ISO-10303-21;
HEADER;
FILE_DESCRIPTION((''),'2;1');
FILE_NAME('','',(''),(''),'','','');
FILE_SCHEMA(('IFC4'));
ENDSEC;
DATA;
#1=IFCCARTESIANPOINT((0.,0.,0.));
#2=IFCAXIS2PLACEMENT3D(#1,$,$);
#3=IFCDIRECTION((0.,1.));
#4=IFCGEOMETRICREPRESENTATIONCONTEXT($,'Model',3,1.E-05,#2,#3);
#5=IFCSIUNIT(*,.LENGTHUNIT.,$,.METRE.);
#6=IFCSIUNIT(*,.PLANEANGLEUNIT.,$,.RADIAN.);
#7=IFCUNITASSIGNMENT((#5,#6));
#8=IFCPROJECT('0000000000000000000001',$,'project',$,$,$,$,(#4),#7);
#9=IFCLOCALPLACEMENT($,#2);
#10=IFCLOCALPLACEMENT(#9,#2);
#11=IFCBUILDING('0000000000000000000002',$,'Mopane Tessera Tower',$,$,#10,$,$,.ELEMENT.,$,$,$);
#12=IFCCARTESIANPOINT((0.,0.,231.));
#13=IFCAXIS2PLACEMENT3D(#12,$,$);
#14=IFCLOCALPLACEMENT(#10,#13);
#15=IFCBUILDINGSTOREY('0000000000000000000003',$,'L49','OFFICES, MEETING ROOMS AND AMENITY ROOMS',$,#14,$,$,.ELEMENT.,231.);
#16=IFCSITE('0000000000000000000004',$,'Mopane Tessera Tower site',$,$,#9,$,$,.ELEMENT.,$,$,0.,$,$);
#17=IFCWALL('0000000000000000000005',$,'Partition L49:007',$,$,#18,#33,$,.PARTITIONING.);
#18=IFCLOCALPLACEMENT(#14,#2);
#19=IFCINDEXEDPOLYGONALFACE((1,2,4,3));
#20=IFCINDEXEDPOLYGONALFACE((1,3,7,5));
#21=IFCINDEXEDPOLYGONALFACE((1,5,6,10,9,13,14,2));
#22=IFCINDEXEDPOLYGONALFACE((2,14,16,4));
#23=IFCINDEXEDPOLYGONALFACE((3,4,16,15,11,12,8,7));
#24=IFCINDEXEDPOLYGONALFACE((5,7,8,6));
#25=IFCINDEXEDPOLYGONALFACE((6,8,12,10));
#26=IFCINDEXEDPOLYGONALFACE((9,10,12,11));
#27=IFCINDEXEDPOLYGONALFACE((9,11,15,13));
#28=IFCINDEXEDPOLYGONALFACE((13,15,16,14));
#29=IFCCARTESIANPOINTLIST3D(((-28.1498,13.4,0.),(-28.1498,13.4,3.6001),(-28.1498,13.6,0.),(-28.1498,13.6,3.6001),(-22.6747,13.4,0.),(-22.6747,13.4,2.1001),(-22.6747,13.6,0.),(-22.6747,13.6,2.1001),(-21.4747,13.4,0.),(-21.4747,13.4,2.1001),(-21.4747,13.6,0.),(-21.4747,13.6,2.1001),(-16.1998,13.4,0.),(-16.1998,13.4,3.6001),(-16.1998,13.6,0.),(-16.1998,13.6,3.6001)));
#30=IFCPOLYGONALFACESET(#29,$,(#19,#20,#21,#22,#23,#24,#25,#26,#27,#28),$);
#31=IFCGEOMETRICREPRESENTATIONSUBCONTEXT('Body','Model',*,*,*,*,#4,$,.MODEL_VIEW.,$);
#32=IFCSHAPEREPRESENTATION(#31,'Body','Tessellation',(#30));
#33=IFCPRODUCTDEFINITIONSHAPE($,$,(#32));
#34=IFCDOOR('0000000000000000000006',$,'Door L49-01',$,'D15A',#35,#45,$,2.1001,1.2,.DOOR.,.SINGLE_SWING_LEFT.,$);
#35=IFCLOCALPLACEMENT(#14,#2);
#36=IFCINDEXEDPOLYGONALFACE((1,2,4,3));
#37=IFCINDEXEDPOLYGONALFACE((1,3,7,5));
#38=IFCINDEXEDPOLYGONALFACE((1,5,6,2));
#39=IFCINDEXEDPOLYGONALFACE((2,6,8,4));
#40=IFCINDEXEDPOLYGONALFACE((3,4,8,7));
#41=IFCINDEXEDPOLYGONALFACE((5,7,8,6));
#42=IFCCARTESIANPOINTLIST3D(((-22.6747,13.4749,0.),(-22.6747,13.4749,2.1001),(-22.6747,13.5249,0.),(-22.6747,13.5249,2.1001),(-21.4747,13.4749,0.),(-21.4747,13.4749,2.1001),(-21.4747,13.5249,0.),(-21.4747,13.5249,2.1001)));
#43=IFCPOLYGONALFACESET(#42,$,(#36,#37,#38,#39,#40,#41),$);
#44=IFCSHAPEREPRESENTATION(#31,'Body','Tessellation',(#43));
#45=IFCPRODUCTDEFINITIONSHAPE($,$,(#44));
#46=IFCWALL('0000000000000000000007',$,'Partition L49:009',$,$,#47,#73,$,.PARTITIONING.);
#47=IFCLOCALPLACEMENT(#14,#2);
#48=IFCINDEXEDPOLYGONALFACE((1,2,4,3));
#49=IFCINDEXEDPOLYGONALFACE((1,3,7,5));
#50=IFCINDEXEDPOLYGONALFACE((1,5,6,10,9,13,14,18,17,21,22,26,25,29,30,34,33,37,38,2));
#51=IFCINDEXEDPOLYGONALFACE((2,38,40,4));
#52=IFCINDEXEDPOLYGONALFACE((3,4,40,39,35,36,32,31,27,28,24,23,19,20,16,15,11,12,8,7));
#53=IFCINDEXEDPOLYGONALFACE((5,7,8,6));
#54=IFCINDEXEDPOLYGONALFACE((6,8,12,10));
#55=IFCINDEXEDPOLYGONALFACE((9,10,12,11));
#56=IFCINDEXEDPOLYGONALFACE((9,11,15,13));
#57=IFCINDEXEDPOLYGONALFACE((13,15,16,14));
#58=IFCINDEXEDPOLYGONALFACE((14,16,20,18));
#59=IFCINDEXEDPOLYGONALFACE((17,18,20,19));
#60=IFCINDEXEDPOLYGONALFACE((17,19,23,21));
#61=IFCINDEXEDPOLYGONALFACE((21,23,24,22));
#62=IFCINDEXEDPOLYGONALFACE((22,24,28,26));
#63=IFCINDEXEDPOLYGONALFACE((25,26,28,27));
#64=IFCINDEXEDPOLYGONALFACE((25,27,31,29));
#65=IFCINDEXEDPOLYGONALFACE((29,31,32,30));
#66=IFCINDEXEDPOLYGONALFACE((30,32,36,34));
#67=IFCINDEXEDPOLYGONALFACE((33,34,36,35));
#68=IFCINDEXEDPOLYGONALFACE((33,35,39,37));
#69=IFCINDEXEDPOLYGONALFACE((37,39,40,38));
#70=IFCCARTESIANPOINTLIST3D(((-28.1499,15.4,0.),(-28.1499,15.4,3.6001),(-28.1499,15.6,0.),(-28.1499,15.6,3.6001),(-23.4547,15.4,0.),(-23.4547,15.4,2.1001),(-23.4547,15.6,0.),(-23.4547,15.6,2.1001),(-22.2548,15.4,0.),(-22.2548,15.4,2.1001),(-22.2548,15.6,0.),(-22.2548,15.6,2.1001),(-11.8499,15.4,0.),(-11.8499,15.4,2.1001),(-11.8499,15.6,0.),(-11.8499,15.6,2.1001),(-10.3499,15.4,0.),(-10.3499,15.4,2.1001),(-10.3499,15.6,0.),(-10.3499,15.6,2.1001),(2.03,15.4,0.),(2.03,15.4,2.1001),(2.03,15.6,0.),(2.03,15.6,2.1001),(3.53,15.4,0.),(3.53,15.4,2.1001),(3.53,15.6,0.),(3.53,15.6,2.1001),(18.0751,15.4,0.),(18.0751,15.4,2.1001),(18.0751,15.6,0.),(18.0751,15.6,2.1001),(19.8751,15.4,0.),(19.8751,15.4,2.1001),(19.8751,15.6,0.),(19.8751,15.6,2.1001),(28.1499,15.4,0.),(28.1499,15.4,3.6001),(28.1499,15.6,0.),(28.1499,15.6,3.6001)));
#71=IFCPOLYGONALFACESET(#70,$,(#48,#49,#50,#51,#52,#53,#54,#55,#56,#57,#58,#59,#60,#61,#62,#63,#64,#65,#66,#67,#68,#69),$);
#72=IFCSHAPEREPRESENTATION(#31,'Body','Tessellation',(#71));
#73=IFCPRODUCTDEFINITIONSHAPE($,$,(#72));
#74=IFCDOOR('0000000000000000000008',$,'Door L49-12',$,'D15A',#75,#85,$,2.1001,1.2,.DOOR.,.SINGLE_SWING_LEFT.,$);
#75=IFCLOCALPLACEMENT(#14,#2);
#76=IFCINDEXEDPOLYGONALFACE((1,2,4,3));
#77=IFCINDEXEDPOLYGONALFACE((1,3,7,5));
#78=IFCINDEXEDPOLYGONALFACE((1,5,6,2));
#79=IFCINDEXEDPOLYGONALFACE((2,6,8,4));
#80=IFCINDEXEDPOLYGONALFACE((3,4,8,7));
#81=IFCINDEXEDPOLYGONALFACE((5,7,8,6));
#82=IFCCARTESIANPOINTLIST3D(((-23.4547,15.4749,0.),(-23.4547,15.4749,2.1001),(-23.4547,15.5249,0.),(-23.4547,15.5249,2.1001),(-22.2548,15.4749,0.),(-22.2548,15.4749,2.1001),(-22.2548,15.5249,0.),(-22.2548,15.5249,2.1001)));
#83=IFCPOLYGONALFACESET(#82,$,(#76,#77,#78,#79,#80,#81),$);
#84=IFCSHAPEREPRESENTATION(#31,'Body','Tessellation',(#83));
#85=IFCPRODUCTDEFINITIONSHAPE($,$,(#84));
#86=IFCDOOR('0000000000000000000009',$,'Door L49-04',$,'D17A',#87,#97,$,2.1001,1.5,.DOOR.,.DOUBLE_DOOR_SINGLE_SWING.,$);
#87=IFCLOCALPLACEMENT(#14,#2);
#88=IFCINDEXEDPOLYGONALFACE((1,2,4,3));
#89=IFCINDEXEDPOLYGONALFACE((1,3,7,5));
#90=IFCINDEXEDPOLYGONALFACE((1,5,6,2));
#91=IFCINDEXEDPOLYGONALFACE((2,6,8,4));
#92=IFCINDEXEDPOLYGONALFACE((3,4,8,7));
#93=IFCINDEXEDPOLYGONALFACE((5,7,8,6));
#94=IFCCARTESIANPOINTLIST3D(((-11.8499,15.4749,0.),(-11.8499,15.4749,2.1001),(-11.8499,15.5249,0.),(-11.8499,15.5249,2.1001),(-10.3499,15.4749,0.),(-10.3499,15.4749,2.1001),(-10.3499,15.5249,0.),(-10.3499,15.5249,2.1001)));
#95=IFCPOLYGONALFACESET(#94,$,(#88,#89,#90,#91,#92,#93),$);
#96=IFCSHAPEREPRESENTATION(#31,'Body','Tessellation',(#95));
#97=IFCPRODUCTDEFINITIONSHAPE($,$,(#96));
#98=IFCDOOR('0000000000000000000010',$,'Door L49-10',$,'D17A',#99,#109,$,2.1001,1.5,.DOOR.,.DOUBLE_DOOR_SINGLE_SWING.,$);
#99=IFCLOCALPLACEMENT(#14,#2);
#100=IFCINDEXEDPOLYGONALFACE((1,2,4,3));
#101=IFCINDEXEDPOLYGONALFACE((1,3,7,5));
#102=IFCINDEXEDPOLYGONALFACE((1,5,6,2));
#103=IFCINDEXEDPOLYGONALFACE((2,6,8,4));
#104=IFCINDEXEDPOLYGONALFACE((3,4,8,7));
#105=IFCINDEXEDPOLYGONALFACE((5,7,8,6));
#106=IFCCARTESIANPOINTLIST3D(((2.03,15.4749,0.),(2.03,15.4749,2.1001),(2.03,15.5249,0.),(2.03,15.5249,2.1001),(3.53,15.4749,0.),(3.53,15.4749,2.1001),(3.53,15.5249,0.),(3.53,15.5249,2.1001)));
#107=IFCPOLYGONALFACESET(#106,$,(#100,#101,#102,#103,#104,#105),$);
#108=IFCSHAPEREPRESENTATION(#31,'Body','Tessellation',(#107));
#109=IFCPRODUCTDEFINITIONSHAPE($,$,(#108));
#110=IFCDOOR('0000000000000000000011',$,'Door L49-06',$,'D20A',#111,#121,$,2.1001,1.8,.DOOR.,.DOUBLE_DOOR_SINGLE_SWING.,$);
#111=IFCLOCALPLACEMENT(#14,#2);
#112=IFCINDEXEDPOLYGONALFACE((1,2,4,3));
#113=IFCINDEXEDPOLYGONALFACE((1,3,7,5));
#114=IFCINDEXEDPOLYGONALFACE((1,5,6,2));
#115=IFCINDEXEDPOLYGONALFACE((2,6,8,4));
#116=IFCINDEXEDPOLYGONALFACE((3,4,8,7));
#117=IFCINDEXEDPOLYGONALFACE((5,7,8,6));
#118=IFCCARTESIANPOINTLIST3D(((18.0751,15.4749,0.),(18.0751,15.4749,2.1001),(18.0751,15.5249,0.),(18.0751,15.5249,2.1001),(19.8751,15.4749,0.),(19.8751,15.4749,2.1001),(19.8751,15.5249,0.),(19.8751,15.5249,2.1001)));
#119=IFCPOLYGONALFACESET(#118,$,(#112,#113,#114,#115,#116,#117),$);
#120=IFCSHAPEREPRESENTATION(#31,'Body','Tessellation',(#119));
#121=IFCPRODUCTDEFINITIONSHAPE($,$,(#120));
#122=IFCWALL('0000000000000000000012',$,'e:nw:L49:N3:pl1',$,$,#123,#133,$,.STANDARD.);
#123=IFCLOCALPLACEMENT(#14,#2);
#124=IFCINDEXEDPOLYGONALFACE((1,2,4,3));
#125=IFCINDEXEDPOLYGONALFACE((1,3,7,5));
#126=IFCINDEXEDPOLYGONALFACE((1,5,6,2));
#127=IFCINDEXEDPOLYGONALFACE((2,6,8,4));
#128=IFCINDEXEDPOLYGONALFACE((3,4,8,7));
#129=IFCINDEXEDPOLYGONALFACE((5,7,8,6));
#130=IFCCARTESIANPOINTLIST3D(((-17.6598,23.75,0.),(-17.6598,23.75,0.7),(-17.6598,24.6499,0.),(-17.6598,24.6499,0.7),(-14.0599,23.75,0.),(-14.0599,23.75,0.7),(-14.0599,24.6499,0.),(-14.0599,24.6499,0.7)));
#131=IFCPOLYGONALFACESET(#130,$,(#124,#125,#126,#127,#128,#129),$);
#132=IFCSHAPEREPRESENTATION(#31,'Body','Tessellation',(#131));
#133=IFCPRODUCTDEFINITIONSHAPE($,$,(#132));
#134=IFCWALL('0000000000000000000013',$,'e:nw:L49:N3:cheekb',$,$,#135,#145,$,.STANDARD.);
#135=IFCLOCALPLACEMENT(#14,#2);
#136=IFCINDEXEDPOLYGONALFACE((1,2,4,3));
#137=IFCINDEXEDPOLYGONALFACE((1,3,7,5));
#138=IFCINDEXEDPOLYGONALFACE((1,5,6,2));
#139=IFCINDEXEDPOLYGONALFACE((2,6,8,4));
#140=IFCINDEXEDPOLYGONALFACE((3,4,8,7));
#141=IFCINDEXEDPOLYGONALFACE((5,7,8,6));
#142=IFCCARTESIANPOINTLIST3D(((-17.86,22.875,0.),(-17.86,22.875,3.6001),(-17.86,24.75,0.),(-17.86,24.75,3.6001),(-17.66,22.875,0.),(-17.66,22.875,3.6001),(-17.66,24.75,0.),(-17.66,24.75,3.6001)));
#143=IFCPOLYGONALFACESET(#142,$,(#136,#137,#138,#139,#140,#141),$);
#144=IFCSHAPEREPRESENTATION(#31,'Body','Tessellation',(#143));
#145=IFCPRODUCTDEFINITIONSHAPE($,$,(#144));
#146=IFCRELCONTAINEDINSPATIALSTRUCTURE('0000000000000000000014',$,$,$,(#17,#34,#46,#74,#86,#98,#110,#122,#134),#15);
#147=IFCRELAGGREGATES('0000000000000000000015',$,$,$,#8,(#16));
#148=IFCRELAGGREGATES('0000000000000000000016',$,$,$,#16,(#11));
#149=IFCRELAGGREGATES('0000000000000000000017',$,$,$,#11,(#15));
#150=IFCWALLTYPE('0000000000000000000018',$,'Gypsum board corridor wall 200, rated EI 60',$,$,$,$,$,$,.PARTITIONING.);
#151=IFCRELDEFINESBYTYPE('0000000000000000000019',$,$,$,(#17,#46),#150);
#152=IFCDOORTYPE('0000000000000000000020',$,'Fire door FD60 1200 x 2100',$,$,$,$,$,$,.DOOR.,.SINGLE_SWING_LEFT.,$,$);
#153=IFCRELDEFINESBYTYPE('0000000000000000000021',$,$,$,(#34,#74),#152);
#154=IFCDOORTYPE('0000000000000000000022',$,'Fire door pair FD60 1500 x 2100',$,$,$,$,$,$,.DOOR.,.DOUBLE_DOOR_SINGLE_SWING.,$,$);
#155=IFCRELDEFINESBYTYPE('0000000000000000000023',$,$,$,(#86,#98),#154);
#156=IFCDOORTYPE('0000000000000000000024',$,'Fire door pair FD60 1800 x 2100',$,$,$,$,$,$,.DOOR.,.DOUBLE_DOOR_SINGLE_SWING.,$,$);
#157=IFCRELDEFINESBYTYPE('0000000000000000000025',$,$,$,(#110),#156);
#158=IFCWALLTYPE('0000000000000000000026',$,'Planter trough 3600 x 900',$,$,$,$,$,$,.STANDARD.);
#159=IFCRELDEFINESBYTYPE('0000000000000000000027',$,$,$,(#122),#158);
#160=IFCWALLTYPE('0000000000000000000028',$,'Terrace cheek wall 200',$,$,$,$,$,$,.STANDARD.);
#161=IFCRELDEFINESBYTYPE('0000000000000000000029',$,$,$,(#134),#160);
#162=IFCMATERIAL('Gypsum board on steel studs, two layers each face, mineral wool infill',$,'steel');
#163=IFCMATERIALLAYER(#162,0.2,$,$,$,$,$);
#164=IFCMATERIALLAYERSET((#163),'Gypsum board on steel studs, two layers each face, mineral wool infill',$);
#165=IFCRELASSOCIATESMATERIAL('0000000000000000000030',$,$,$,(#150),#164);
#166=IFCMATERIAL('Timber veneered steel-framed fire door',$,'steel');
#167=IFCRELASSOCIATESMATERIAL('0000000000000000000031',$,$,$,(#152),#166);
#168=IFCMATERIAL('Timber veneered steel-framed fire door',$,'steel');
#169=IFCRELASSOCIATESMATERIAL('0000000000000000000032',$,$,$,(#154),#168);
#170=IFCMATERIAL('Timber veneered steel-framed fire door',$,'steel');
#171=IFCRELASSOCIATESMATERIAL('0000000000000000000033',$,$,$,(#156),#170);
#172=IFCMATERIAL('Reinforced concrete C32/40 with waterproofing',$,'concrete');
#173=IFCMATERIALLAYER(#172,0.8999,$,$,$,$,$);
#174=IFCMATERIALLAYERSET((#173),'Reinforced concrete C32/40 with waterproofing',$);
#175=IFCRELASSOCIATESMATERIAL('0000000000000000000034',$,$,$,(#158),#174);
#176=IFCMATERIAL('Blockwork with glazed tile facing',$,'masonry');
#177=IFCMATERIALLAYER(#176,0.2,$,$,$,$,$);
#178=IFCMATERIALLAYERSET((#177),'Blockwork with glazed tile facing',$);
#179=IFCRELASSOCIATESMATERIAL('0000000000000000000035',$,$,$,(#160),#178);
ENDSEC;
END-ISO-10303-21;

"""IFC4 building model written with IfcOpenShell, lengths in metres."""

from ifc_helpers import new_model, si_unit, direction, frame, frame_2d, origin, place, context, subcontext, project, spatial, rectangle, extrude, material, layer, layer_set, type_object, element, fill, save


model = new_model("IFC4")

# Units and contexts
model_context = context("Model", 3, precision=1e-05, world=origin(), true_north=direction((0.0, 1.0)))
body_context = subcontext(model_context, "Body", "Model", "MODEL_VIEW")
ifc_project = project(units=[si_unit("LENGTHUNIT", "METRE"), si_unit("PLANEANGLEUNIT", "RADIAN")], contexts=[model_context])

# Site, building, storey
site_placement = place(None, origin())
site = spatial("IfcSite", under=ifc_project, at=site_placement, Name="Mopane Tessera Tower site", CompositionType="ELEMENT", RefElevation=0.0)
building_placement = place(site_placement, origin())
building = spatial("IfcBuilding", under=site, at=building_placement, Name="Mopane Tessera Tower", CompositionType="ELEMENT")
storey_placement = place(building_placement, frame((0.0, 0.0, 231.0)))
storey = spatial("IfcBuildingStorey", under=building, at=storey_placement, Name="L49", Description="OFFICES, MEETING ROOMS AND AMENITY ROOMS", CompositionType="ELEMENT", Elevation=231.0)

# Wall, opening, door
ifc_material_1 = material(Name="Gypsum board on steel studs, two layers each face, mineral wool infill", Category="steel")
ifc_layer_1 = layer(ifc_material_1, 0.2)
ifc_layer_set_1 = layer_set([ifc_layer_1], Name="Gypsum board on steel studs, two layers each face, mineral wool infill")
wall_type_1 = type_object("IfcWallType", Name="Gypsum board corridor wall 200, rated EI 60", PredefinedType="PARTITIONING", material=ifc_layer_set_1)
wall_1_placement = place(storey_placement, frame((-28.1499, 13.5, 0.0), z_axis=(0.0, 0.0, 1.0), x_axis=(1.0, 0.0, 0.0)))
wall_1 = element("IfcWall", 1, at=wall_1_placement, inside=storey, type_object=wall_type_1, Name="Partition L49:007", PredefinedType="PARTITIONING", context=body_context, shape_type="SweptSolid", body=[
    extrude(rectangle(XDim=11.95, YDim=0.2, at=frame_2d((5.9751, 0.0))), origin(), (0.0, 0.0, 1.0), 3.6001),
])
opening_1_placement = place(wall_1_placement, frame((5.4751, 0.0, 0.0)))
opening_1 = element("IfcOpeningElement", 2, at=opening_1_placement, cuts=wall_1, PredefinedType="OPENING", context=body_context, shape_type="SweptSolid", body=[
    extrude(rectangle(XDim=1.2, YDim=2.1001, at=frame_2d((0.6001, 1.05))), frame((0.0, 0.1121, 0.0), z_axis=(0.0, -1.0, 0.0), x_axis=(1.0, 0.0, 0.0)), (0.0, 0.0, 1.0), 0.2239),
])
ifc_material_2 = material(Name="Timber veneered steel-framed fire door", Category="steel")
door_type_1 = type_object("IfcDoorType", Name="Fire door FD60 1200 x 2100", OperationType="SINGLE_SWING_LEFT", PredefinedType="DOOR", material=ifc_material_2)
door_1_placement = place(opening_1_placement, origin())
door_1 = element("IfcDoor", 3, at=door_1_placement, inside=storey, type_object=door_type_1, Name="Door L49-01", ObjectType="D15A", OperationType="SINGLE_SWING_LEFT", OverallHeight=2.1001, OverallWidth=1.2, PredefinedType="DOOR", context=body_context, shape_type="SweptSolid", body=[
    extrude(rectangle(XDim=1.2, YDim=2.1001, at=frame_2d((0.6001, 1.05))), frame((0.0, 0.0249, 0.0), z_axis=(0.0, -1.0, 0.0), x_axis=(1.0, 0.0, 0.0)), (0.0, 0.0, 1.0), 0.05),
])
fill(opening_1, door_1)

# Wall, openings, doors
wall_2_placement = place(storey_placement, frame((-28.1499, 15.5, 0.0), z_axis=(0.0, 0.0, 1.0), x_axis=(1.0, 0.0, 0.0)))
wall_2 = element("IfcWall", 4, at=wall_2_placement, inside=storey, type_object=wall_type_1, Name="Partition L49:009", PredefinedType="PARTITIONING", context=body_context, shape_type="SweptSolid", body=[
    extrude(rectangle(XDim=56.2998, YDim=0.2, at=frame_2d((28.1499, 0.0))), origin(), (0.0, 0.0, 1.0), 3.6001),
])
opening_2_placement = place(wall_2_placement, frame((16.3, 0.0, 0.0)))
opening_2 = element("IfcOpeningElement", 5, at=opening_2_placement, cuts=wall_2, PredefinedType="OPENING", context=body_context, shape_type="SweptSolid", body=[
    extrude(rectangle(XDim=1.5, YDim=2.1001, at=frame_2d((0.75, 1.05))), frame((0.0, 0.1121, 0.0), z_axis=(0.0, -1.0, 0.0), x_axis=(1.0, 0.0, 0.0)), (0.0, 0.0, 1.0), 0.2239),
])
opening_3_placement = place(wall_2_placement, frame((46.2251, 0.0, 0.0)))
opening_3 = element("IfcOpeningElement", 6, at=opening_3_placement, cuts=wall_2, PredefinedType="OPENING", context=body_context, shape_type="SweptSolid", body=[
    extrude(rectangle(XDim=1.8, YDim=2.1001, at=frame_2d((0.8999, 1.05))), frame((0.0, 0.1121, 0.0), z_axis=(0.0, -1.0, 0.0), x_axis=(1.0, 0.0, 0.0)), (0.0, 0.0, 1.0), 0.2239),
])
opening_4_placement = place(wall_2_placement, frame((30.1799, 0.0, 0.0)))
opening_4 = element("IfcOpeningElement", 7, at=opening_4_placement, cuts=wall_2, PredefinedType="OPENING", context=body_context, shape_type="SweptSolid", body=[
    extrude(rectangle(XDim=1.5, YDim=2.1001, at=frame_2d((0.75, 1.05))), frame((0.0, 0.1121, 0.0), z_axis=(0.0, -1.0, 0.0), x_axis=(1.0, 0.0, 0.0)), (0.0, 0.0, 1.0), 0.2239),
])
opening_5_placement = place(wall_2_placement, frame((4.6951, 0.0, 0.0)))
opening_5 = element("IfcOpeningElement", 8, at=opening_5_placement, cuts=wall_2, PredefinedType="OPENING", context=body_context, shape_type="SweptSolid", body=[
    extrude(rectangle(XDim=1.2, YDim=2.1001, at=frame_2d((0.6001, 1.05))), frame((0.0, 0.1121, 0.0), z_axis=(0.0, -1.0, 0.0), x_axis=(1.0, 0.0, 0.0)), (0.0, 0.0, 1.0), 0.2239),
])
door_2_placement = place(opening_5_placement, origin())
door_2 = element("IfcDoor", 9, at=door_2_placement, inside=storey, type_object=door_type_1, Name="Door L49-12", ObjectType="D15A", OperationType="SINGLE_SWING_LEFT", OverallHeight=2.1001, OverallWidth=1.2, PredefinedType="DOOR", context=body_context, shape_type="SweptSolid", body=[
    extrude(rectangle(XDim=1.2, YDim=2.1001, at=frame_2d((0.6001, 1.05))), frame((0.0, 0.0249, 0.0), z_axis=(0.0, -1.0, 0.0), x_axis=(1.0, 0.0, 0.0)), (0.0, 0.0, 1.0), 0.05),
])
fill(opening_5, door_2)
ifc_material_3 = material(Name="Timber veneered steel-framed fire door", Category="steel")
door_type_2 = type_object("IfcDoorType", Name="Fire door pair FD60 1500 x 2100", OperationType="DOUBLE_DOOR_SINGLE_SWING", PredefinedType="DOOR", material=ifc_material_3)
door_3_placement = place(opening_2_placement, origin())
door_3 = element("IfcDoor", 10, at=door_3_placement, inside=storey, type_object=door_type_2, Name="Door L49-04", ObjectType="D17A", OperationType="DOUBLE_DOOR_SINGLE_SWING", OverallHeight=2.1001, OverallWidth=1.5, PredefinedType="DOOR", context=body_context, shape_type="SweptSolid", body=[
    extrude(rectangle(XDim=1.5, YDim=2.1001, at=frame_2d((0.75, 1.05))), frame((0.0, 0.0249, 0.0), z_axis=(0.0, -1.0, 0.0), x_axis=(1.0, 0.0, 0.0)), (0.0, 0.0, 1.0), 0.05),
])
fill(opening_2, door_3)
door_4_placement = place(opening_4_placement, origin())
door_4 = element("IfcDoor", 11, at=door_4_placement, inside=storey, type_object=door_type_2, Name="Door L49-10", ObjectType="D17A", OperationType="DOUBLE_DOOR_SINGLE_SWING", OverallHeight=2.1001, OverallWidth=1.5, PredefinedType="DOOR", context=body_context, shape_type="SweptSolid", body=[
    extrude(rectangle(XDim=1.5, YDim=2.1001, at=frame_2d((0.75, 1.05))), frame((0.0, 0.0249, 0.0), z_axis=(0.0, -1.0, 0.0), x_axis=(1.0, 0.0, 0.0)), (0.0, 0.0, 1.0), 0.05),
])
fill(opening_4, door_4)
ifc_material_4 = material(Name="Timber veneered steel-framed fire door", Category="steel")
door_type_3 = type_object("IfcDoorType", Name="Fire door pair FD60 1800 x 2100", OperationType="DOUBLE_DOOR_SINGLE_SWING", PredefinedType="DOOR", material=ifc_material_4)
door_5_placement = place(opening_3_placement, origin())
door_5 = element("IfcDoor", 12, at=door_5_placement, inside=storey, type_object=door_type_3, Name="Door L49-06", ObjectType="D20A", OperationType="DOUBLE_DOOR_SINGLE_SWING", OverallHeight=2.1001, OverallWidth=1.8, PredefinedType="DOOR", context=body_context, shape_type="SweptSolid", body=[
    extrude(rectangle(XDim=1.8, YDim=2.1001, at=frame_2d((0.8999, 1.05))), frame((0.0, 0.0249, 0.0), z_axis=(0.0, -1.0, 0.0), x_axis=(1.0, 0.0, 0.0)), (0.0, 0.0, 1.0), 0.05),
])
fill(opening_3, door_5)

# Walls
ifc_material_5 = material(Name="Reinforced concrete C32/40 with waterproofing", Category="concrete")
ifc_layer_2 = layer(ifc_material_5, 0.8999)
ifc_layer_set_2 = layer_set([ifc_layer_2], Name="Reinforced concrete C32/40 with waterproofing")
wall_type_2 = type_object("IfcWallType", Name="Planter trough 3600 x 900", PredefinedType="STANDARD", material=ifc_layer_set_2)
wall_3_placement = place(storey_placement, frame((-14.0601, 24.2, 0.0), z_axis=(0.0, 0.0, 1.0), x_axis=(-1.0, 0.0, 0.0)))
element("IfcWall", 13, at=wall_3_placement, inside=storey, type_object=wall_type_2, Name="e:nw:L49:N3:pl1", PredefinedType="STANDARD", context=body_context, shape_type="SweptSolid", body=[
    extrude(rectangle(XDim=3.5999, YDim=0.8999, at=frame_2d((1.7998, 0.0))), origin(), (0.0, 0.0, 1.0), 0.7),
])
ifc_material_6 = material(Name="Blockwork with glazed tile facing", Category="masonry")
ifc_layer_3 = layer(ifc_material_6, 0.2)
ifc_layer_set_3 = layer_set([ifc_layer_3], Name="Blockwork with glazed tile facing")
wall_type_3 = type_object("IfcWallType", Name="Terrace cheek wall 200", PredefinedType="STANDARD", material=ifc_layer_set_3)
wall_4_placement = place(storey_placement, frame((-17.76, 24.75, 0.0), z_axis=(0.0, 0.0, 1.0), x_axis=(0.0, -1.0, 0.0)))
element("IfcWall", 14, at=wall_4_placement, inside=storey, type_object=wall_type_3, Name="e:nw:L49:N3:cheekb", PredefinedType="STANDARD", context=body_context, shape_type="SweptSolid", body=[
    extrude(rectangle(XDim=1.875, YDim=0.2, at=frame_2d((0.9375, 0.0))), origin(), (0.0, 0.0, 1.0), 3.6001),
])

save(model, "model.ifc")
